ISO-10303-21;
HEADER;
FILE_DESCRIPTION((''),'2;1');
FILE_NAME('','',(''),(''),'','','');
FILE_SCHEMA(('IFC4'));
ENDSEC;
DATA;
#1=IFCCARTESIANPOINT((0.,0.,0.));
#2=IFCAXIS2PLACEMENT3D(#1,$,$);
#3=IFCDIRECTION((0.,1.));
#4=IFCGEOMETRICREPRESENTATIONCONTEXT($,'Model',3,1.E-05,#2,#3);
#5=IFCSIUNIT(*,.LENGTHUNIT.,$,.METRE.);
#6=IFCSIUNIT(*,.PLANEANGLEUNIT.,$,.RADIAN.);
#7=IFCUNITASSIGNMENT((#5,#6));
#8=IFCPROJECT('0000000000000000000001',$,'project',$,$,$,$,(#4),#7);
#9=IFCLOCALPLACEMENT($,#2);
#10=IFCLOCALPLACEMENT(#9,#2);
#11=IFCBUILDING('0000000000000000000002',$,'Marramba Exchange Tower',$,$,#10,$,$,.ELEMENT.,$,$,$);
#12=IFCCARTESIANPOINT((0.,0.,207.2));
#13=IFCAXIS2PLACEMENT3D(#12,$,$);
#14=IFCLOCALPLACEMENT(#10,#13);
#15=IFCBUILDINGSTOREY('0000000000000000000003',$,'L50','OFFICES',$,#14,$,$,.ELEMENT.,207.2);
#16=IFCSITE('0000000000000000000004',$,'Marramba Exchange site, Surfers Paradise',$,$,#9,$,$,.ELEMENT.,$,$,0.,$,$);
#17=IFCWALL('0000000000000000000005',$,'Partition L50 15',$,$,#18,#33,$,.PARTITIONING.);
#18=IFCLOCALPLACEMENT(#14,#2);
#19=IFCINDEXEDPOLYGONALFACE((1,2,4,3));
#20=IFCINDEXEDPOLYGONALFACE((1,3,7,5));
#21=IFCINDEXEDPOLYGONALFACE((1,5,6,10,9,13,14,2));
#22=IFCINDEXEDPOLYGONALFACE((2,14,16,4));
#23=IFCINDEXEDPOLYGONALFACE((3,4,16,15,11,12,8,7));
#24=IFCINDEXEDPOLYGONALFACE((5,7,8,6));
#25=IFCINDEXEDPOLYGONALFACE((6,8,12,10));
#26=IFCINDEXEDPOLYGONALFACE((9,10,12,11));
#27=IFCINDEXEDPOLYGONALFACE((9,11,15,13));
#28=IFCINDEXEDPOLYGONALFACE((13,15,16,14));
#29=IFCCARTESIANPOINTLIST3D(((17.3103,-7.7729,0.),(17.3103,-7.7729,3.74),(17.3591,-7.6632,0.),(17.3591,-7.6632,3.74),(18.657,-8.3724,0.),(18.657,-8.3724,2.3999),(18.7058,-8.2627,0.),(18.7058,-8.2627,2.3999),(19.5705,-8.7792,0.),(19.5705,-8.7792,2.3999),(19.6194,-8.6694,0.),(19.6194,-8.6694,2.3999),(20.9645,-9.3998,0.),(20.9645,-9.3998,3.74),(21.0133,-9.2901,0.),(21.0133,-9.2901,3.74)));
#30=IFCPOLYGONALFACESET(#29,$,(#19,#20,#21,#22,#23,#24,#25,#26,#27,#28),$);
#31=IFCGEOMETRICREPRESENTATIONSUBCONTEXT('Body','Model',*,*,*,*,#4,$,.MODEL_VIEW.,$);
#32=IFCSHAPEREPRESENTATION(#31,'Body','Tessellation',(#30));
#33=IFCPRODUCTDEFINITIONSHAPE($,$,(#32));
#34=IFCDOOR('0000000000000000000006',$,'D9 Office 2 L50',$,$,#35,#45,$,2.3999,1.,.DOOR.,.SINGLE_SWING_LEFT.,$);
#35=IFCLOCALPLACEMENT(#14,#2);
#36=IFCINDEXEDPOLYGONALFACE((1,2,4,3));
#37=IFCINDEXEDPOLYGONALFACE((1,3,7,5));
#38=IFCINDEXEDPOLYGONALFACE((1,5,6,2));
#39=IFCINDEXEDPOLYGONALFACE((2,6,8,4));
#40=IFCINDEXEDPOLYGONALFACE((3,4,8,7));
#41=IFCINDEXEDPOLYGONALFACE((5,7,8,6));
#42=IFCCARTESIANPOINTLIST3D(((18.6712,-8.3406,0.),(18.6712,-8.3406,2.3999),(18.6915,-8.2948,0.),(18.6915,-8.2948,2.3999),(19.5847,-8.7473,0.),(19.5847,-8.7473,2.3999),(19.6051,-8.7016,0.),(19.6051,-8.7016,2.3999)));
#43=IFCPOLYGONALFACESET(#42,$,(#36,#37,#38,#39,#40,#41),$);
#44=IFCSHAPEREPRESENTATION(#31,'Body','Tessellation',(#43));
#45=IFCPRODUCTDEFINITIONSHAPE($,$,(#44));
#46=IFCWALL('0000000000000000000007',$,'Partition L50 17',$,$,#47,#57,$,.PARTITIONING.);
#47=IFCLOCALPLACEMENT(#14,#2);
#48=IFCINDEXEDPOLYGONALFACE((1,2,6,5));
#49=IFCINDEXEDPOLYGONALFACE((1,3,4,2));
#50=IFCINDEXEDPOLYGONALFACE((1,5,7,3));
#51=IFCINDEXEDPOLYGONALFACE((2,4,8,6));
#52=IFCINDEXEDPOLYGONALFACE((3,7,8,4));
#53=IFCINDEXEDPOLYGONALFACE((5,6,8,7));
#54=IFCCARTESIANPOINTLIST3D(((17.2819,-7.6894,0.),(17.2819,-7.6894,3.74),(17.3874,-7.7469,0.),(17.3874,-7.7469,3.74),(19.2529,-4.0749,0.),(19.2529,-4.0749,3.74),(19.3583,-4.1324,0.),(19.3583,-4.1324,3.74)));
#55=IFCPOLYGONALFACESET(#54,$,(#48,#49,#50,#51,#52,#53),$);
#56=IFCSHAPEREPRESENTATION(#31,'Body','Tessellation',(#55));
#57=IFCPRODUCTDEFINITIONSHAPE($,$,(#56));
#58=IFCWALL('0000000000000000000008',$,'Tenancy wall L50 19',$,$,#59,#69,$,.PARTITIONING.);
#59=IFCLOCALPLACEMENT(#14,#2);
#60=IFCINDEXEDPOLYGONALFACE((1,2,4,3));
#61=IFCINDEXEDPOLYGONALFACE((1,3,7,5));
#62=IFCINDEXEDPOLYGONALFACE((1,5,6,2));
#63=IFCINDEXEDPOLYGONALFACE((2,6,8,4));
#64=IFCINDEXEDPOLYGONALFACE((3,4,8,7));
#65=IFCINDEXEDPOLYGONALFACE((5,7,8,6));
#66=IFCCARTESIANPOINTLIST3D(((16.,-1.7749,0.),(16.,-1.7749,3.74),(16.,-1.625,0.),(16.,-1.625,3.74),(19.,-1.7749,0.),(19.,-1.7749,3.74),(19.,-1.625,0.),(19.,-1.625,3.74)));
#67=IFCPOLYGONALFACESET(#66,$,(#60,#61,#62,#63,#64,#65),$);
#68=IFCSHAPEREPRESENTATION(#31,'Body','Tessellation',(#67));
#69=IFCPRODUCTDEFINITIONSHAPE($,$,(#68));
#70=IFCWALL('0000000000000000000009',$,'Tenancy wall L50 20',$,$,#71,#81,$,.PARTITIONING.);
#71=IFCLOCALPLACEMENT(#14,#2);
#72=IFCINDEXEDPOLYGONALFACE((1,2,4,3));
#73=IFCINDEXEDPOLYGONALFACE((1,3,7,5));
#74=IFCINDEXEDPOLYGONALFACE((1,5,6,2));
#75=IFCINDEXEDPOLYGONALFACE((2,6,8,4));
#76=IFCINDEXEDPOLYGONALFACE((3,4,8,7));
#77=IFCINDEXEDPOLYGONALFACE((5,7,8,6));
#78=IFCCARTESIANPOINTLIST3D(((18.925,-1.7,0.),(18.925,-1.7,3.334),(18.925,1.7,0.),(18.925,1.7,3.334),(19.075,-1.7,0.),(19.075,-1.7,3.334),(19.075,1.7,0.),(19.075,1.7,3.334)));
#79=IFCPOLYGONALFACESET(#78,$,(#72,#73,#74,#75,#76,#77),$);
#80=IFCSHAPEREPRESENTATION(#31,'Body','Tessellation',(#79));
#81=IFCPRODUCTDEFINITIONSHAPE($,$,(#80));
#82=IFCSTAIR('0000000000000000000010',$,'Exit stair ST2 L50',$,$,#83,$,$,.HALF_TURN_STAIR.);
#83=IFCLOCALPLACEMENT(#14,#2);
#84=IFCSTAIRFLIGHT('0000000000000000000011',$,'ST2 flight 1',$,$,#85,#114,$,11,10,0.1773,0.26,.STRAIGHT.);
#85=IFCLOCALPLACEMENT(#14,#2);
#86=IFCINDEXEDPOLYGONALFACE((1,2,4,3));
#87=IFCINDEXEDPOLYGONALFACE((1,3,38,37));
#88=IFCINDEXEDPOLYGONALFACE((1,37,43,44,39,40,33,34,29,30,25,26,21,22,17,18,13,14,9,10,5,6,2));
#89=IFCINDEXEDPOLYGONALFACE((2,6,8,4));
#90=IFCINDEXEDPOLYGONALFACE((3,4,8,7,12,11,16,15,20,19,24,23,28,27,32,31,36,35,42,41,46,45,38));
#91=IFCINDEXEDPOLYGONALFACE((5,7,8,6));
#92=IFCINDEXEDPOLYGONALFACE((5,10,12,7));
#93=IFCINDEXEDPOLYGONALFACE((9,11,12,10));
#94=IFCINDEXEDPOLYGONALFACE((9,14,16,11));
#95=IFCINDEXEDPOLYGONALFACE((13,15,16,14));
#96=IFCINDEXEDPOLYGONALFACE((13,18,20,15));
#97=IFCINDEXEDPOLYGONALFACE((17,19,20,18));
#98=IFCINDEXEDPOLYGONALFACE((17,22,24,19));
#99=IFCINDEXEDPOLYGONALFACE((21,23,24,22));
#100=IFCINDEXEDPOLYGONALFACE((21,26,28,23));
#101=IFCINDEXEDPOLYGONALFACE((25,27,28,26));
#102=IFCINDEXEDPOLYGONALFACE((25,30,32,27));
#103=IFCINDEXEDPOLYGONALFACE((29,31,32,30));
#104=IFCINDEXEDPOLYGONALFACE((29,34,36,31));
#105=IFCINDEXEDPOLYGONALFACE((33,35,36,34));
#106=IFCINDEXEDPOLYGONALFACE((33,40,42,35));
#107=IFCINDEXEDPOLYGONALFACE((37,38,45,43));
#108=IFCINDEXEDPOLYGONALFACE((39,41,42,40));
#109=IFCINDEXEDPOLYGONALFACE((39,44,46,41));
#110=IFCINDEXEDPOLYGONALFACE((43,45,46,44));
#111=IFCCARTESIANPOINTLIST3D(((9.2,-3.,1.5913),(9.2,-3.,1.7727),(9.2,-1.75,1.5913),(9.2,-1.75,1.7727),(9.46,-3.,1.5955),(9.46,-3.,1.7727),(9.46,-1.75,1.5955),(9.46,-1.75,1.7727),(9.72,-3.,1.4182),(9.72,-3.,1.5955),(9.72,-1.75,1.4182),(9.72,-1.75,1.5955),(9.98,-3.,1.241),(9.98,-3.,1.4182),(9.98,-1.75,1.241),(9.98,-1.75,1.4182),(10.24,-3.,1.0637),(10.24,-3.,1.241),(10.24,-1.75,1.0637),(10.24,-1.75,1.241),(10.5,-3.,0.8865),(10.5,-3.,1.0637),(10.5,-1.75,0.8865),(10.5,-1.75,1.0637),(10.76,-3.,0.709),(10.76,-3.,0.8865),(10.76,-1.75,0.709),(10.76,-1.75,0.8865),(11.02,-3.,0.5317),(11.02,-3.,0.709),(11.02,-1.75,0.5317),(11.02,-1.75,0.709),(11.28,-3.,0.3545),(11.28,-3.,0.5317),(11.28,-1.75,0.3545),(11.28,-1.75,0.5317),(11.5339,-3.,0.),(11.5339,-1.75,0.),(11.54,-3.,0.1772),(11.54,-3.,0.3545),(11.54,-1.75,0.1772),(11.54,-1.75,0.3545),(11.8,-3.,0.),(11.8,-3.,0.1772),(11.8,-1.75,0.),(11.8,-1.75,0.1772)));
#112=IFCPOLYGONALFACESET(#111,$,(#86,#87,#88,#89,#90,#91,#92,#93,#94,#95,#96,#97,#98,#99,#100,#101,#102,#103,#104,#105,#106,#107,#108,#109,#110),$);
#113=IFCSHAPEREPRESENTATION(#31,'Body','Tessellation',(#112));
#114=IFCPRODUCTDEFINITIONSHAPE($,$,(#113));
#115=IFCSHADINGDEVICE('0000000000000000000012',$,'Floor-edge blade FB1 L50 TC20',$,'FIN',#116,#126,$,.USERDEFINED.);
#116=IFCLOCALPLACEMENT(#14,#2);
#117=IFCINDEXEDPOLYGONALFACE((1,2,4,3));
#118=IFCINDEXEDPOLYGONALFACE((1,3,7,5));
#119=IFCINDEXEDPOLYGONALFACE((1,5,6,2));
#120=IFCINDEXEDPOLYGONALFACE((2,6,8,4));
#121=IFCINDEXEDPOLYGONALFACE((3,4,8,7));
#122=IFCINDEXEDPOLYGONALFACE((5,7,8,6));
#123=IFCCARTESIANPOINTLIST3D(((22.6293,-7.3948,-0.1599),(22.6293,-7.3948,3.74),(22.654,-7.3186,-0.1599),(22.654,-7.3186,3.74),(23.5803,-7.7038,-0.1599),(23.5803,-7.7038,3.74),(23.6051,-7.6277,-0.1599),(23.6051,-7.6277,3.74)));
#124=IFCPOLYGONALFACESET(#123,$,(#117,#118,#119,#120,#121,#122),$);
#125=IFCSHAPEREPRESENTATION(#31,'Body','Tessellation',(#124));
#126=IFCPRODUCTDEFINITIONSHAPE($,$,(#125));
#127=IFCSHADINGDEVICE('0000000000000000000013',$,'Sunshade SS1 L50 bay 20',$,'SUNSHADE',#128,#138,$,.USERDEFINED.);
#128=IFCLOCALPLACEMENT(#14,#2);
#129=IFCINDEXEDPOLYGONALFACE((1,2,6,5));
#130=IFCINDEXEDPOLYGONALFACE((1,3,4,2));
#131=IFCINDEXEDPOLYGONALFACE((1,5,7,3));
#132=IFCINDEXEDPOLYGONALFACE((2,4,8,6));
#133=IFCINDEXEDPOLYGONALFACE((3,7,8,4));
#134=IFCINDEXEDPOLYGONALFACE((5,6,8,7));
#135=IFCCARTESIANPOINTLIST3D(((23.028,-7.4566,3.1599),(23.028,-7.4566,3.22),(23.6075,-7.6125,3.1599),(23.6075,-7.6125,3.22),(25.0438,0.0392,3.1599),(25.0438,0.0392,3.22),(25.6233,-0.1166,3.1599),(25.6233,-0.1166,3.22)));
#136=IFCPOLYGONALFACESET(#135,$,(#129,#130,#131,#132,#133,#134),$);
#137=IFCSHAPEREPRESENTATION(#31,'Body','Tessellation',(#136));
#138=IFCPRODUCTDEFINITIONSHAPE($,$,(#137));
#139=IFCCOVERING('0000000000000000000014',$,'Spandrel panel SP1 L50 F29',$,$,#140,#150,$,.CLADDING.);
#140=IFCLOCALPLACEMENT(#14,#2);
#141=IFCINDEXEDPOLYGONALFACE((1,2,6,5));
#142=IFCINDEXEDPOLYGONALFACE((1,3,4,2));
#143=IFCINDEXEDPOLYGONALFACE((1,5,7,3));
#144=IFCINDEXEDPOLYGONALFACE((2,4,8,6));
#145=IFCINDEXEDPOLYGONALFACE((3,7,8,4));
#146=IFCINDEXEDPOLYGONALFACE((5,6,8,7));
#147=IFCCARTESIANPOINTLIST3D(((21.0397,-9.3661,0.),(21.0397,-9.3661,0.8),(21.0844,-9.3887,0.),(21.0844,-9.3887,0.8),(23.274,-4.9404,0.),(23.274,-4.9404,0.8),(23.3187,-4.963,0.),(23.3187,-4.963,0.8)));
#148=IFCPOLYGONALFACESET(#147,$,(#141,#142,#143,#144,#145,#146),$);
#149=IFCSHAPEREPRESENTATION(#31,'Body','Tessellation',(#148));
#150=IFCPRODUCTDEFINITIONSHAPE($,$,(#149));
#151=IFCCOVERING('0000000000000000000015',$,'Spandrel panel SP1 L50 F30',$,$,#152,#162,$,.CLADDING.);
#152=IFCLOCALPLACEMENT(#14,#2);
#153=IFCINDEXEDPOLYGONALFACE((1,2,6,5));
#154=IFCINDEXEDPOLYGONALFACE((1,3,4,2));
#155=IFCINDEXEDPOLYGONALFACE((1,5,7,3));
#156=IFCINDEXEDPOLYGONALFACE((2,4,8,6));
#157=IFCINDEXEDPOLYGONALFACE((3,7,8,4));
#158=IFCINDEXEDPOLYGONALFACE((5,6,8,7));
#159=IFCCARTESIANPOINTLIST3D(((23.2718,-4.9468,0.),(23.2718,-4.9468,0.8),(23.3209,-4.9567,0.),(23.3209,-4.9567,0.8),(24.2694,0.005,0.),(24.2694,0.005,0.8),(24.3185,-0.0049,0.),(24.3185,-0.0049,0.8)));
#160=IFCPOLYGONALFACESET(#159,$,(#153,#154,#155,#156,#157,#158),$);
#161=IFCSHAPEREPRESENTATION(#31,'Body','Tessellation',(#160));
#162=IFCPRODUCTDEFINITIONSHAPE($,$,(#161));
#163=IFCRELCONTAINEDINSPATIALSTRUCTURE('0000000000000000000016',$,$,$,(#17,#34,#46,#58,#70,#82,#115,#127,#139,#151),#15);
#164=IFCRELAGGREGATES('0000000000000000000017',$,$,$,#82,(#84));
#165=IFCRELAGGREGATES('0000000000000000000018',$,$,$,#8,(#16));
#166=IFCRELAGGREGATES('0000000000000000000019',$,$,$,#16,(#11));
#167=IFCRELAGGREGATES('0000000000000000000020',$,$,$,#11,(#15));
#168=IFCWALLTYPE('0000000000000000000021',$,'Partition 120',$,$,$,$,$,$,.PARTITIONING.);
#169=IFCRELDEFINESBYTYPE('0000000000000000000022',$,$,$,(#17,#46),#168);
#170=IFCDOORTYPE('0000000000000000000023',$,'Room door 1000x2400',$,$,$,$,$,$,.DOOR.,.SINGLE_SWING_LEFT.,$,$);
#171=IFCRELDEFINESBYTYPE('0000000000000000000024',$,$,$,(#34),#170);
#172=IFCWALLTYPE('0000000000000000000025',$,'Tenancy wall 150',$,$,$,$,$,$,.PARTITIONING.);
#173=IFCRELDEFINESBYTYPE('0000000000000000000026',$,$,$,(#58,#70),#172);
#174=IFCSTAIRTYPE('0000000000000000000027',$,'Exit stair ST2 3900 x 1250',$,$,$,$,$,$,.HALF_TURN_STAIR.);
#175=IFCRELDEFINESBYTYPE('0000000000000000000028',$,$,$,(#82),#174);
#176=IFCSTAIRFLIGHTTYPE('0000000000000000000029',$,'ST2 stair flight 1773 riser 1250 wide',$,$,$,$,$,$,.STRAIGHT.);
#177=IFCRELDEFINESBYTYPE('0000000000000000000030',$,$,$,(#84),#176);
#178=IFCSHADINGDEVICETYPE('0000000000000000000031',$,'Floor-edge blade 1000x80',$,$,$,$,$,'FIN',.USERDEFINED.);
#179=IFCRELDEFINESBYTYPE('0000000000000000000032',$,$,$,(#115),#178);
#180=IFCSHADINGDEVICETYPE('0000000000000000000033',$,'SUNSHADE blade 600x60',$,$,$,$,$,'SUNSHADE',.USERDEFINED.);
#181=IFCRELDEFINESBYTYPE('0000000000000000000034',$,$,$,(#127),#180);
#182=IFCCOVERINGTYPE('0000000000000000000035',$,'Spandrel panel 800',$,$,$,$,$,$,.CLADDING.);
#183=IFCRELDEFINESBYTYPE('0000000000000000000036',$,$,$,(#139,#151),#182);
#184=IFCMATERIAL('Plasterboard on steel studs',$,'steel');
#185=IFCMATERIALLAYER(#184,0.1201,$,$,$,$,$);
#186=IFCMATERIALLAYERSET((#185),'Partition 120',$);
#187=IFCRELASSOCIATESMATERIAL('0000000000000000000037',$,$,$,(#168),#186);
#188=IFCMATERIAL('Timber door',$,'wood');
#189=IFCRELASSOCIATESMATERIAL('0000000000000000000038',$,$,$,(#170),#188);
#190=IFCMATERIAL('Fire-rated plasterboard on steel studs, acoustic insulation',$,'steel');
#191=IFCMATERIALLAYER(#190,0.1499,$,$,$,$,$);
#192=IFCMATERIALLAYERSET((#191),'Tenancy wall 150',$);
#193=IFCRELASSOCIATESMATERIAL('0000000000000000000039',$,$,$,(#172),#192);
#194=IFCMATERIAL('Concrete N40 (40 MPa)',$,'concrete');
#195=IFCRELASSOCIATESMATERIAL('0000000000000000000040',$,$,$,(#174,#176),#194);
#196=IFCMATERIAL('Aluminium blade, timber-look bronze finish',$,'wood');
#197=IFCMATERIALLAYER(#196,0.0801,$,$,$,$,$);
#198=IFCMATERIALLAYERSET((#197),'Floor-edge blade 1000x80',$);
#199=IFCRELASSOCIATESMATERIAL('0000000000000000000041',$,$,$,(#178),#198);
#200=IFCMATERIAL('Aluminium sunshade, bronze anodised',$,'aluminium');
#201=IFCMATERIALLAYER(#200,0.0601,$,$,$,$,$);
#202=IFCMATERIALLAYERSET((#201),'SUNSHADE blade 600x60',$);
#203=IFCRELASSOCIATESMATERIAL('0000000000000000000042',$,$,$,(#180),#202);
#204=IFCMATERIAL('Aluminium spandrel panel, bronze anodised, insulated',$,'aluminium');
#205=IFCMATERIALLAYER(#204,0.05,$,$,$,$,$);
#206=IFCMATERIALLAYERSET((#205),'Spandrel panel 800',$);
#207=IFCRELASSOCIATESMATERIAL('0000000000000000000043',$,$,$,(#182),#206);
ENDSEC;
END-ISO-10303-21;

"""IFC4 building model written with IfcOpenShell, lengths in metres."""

from ifc_helpers import new_model, si_unit, direction, frame, frame_2d, origin, origin_2d, place, context, subcontext, project, spatial, polyline, rectangle, outline, extrude, material, layer, layer_set, type_object, element, fill, aggregate, save


model = new_model("IFC4")

# Units and contexts
model_context = context("Model", 3, precision=1e-05, world=origin(), true_north=direction((0.0, 1.0)))
body_context = subcontext(model_context, "Body", "Model", "MODEL_VIEW")
ifc_project = project(units=[si_unit("LENGTHUNIT", "METRE"), si_unit("PLANEANGLEUNIT", "RADIAN")], contexts=[model_context])

# Site, building, storey
site_placement = place(None, origin())
site = spatial("IfcSite", under=ifc_project, at=site_placement, Name="Marramba Exchange site, Surfers Paradise", CompositionType="ELEMENT", RefElevation=0.0)
building_placement = place(site_placement, origin())
building = spatial("IfcBuilding", under=site, at=building_placement, Name="Marramba Exchange Tower", CompositionType="ELEMENT")
storey_placement = place(building_placement, frame((0.0, 0.0, 207.2)))
storey = spatial("IfcBuildingStorey", under=building, at=storey_placement, Name="L50", Description="OFFICES", CompositionType="ELEMENT", Elevation=207.2)

# Wall, opening, door
ifc_material_1 = material(Name="Plasterboard on steel studs", Category="steel")
ifc_layer_1 = layer(ifc_material_1, 0.1201)
ifc_layer_set_1 = layer_set([ifc_layer_1], Name="Partition 120")
wall_type_1 = type_object("IfcWallType", Name="Partition 120", PredefinedType="PARTITIONING", material=ifc_layer_set_1)
wall_1_placement = place(storey_placement, frame((17.3347, -7.718, 0.0), z_axis=(0.0, 0.0, 1.0), x_axis=(0.91355, -0.406727, 0.0)))
wall_1 = element("IfcWall", 1, at=wall_1_placement, inside=storey, type_object=wall_type_1, Name="Partition L50 15", PredefinedType="PARTITIONING", context=body_context, shape_type="SweptSolid", body=[
    extrude(rectangle(XDim=4.0, YDim=0.1201, at=frame_2d((2.0, 0.0))), origin(), (0.0, 0.0, 1.0), 3.74),
])
opening_placement = place(wall_1_placement, frame((1.4741, 0.0, 0.0)))
opening = element("IfcOpeningElement", 2, at=opening_placement, cuts=wall_1, PredefinedType="OPENING", context=body_context, shape_type="SweptSolid", body=[
    extrude(rectangle(XDim=1.0, YDim=2.3999, at=frame_2d((0.5, 1.2))), frame((0.0, 0.0701, 0.0), z_axis=(0.0, -1.0, 0.0), x_axis=(1.0, 0.0, 0.0)), (0.0, 0.0, 1.0), 0.1401),
])
ifc_material_2 = material(Name="Timber door", Category="wood")
door_type = type_object("IfcDoorType", Name="Room door 1000x2400", OperationType="SINGLE_SWING_LEFT", PredefinedType="DOOR", material=ifc_material_2)
door_placement = place(opening_placement, origin())
door = element("IfcDoor", 3, at=door_placement, inside=storey, type_object=door_type, Name="D9 Office 2 L50", OperationType="SINGLE_SWING_LEFT", OverallHeight=2.3999, OverallWidth=1.0, PredefinedType="DOOR", context=body_context, shape_type="SweptSolid", body=[
    extrude(rectangle(XDim=1.0, YDim=2.3999, at=frame_2d((0.5, 1.2))), frame((0.0, 0.0249, 0.0), z_axis=(0.0, -1.0, 0.0), x_axis=(1.0, 0.0, 0.0)), (0.0, 0.0, 1.0), 0.05),
])
fill(opening, door)

# Walls
wall_2_placement = place(storey_placement, frame((19.3057, -4.1035, 0.0), z_axis=(0.0, 0.0, 1.0), x_axis=(-0.47874, -0.877957, 0.0)))
element("IfcWall", 4, at=wall_2_placement, inside=storey, type_object=wall_type_1, Name="Partition L50 17", PredefinedType="PARTITIONING", context=body_context, shape_type="SweptSolid", body=[
    extrude(rectangle(XDim=4.1169, YDim=0.1201, at=frame_2d((2.0586, 0.0))), origin(), (0.0, 0.0, 1.0), 3.74),
])
ifc_material_3 = material(Name="Fire-rated plasterboard on steel studs, acoustic insulation", Category="steel")
ifc_layer_2 = layer(ifc_material_3, 0.1499)
ifc_layer_set_2 = layer_set([ifc_layer_2], Name="Tenancy wall 150")
wall_type_2 = type_object("IfcWallType", Name="Tenancy wall 150", PredefinedType="PARTITIONING", material=ifc_layer_set_2)
wall_3_placement = place(storey_placement, frame((16.0, -1.7, 0.0), z_axis=(0.0, 0.0, 1.0), x_axis=(1.0, 0.0, 0.0)))
element("IfcWall", 5, at=wall_3_placement, inside=storey, type_object=wall_type_2, Name="Tenancy wall L50 19", PredefinedType="PARTITIONING", context=body_context, shape_type="SweptSolid", body=[
    extrude(rectangle(XDim=3.0, YDim=0.1499, at=frame_2d((1.5, 0.0))), origin(), (0.0, 0.0, 1.0), 3.74),
])
wall_4_placement = place(storey_placement, frame((19.0, -1.7, 0.0), z_axis=(0.0, 0.0, 1.0), x_axis=(0.0, 1.0, 0.0)))
element("IfcWall", 6, at=wall_4_placement, inside=storey, type_object=wall_type_2, Name="Tenancy wall L50 20", PredefinedType="PARTITIONING", context=body_context, shape_type="SweptSolid", body=[
    extrude(rectangle(XDim=3.3999, YDim=0.1499, at=frame_2d((1.7, 0.0))), origin(), (0.0, 0.0, 1.0), 3.334),
])

# Stair, stair flight
ifc_material_4 = material(Name="Concrete N40 (40 MPa)", Category="concrete")
stair_type = type_object("IfcStairType", Name="Exit stair ST2 3900 x 1250", PredefinedType="HALF_TURN_STAIR", material=ifc_material_4)
stair_placement = place(storey_placement, origin())
stair = element("IfcStair", 7, at=stair_placement, inside=storey, type_object=stair_type, Name="Exit stair ST2 L50", PredefinedType="HALF_TURN_STAIR")
stair_flight_type = type_object("IfcStairFlightType", Name="ST2 stair flight 1773 riser 1250 wide", PredefinedType="STRAIGHT", material=ifc_material_4)
stair_flight_placement = place(storey_placement, frame((11.8, -2.375, 0.0), z_axis=(0.0, 0.0, 1.0), x_axis=(-1.0, 0.0, 0.0)))
stair_flight = element("IfcStairFlight", 8, at=stair_flight_placement, type_object=stair_flight_type, Name="ST2 flight 1", NumberOfRisers=11, NumberOfTreads=10, PredefinedType="STRAIGHT", RiserHeight=0.1773, TreadLength=0.26, context=body_context, shape_type="SweptSolid", body=[
    extrude(outline(polyline([(0.0, 0.0), (0.0, 0.1772), (0.26, 0.1772), (0.26, 0.3545), (0.52, 0.3545), (0.52, 0.5317), (0.78, 0.5317), (0.78, 0.709), (1.04, 0.709), (1.04, 0.8865), (1.3, 0.8865), (1.3, 1.0637), (1.5601, 1.0637), (1.5601, 1.241), (1.8201, 1.241), (1.8201, 1.4182), (2.0801, 1.4182), (2.0801, 1.5955), (2.3401, 1.5955), (2.3401, 1.7727), (2.6001, 1.7727), (2.6001, 1.95), (2.6001, 1.5913), (0.2661, 0.0), (0.0, 0.0)])), frame((0.0, 0.625, 0.0), z_axis=(0.0, -1.0, 0.0), x_axis=(1.0, 0.0, 0.0)), (0.0, 0.0, 1.0), 1.25),
])
aggregate(stair, [stair_flight])

# Shading devices
ifc_material_5 = material(Name="Aluminium blade, timber-look bronze finish", Category="wood")
ifc_layer_3 = layer(ifc_material_5, 0.0801)
ifc_layer_set_3 = layer_set([ifc_layer_3], Name="Floor-edge blade 1000x80")
shading_device_type_1 = type_object("IfcShadingDeviceType", Name="Floor-edge blade 1000x80", ElementType="FIN", PredefinedType="USERDEFINED", material=ifc_layer_set_3)
shading_device_1_placement = place(storey_placement, frame((23.1172, -7.5112, -0.1599), z_axis=(0.0, 0.0, 1.0), x_axis=(0.951057, -0.309017, 0.0)))
element("IfcShadingDevice", 9, at=shading_device_1_placement, inside=storey, type_object=shading_device_type_1, Name="Floor-edge blade FB1 L50 TC20", ObjectType="FIN", PredefinedType="USERDEFINED", context=body_context, shape_type="SweptSolid", body=[
    extrude(rectangle(XDim=1.0, YDim=0.0801, at=origin_2d()), origin(), (0.0, 0.0, 1.0), 3.8999),
])
ifc_material_6 = material(Name="Aluminium sunshade, bronze anodised", Category="aluminium")
ifc_layer_4 = layer(ifc_material_6, 0.0601)
ifc_layer_set_4 = layer_set([ifc_layer_4], Name="SUNSHADE blade 600x60")
shading_device_type_2 = type_object("IfcShadingDeviceType", Name="SUNSHADE blade 600x60", ElementType="SUNSHADE", PredefinedType="USERDEFINED", material=ifc_layer_set_4)
shading_device_2_placement = place(storey_placement, frame((24.3257, -3.7866, 3.1599), z_axis=(0.0, 0.0, 1.0), x_axis=(0.259692, 0.965691, 0.0)))
element("IfcShadingDevice", 10, at=shading_device_2_placement, inside=storey, type_object=shading_device_type_2, Name="Sunshade SS1 L50 bay 20", ObjectType="SUNSHADE", PredefinedType="USERDEFINED", context=body_context, shape_type="SweptSolid", body=[
    extrude(rectangle(XDim=7.7622, YDim=0.6001, at=origin_2d()), origin(), (0.0, 0.0, 1.0), 0.0601),
])

# Coverings
ifc_material_7 = material(Name="Aluminium spandrel panel, bronze anodised, insulated", Category="aluminium")
ifc_layer_5 = layer(ifc_material_7, 0.05)
ifc_layer_set_5 = layer_set([ifc_layer_5], Name="Spandrel panel 800")
covering_type = type_object("IfcCoveringType", Name="Spandrel panel 800", PredefinedType="CLADDING", material=ifc_layer_set_5)
covering_1_placement = place(storey_placement, frame((22.1792, -7.1646, 0.0), z_axis=(0.0, 0.0, 1.0), x_axis=(0.450673, 0.892689, 0.0)))
element("IfcCovering", 11, at=covering_1_placement, inside=storey, type_object=covering_type, Name="Spandrel panel SP1 L50 F29", PredefinedType="CLADDING", context=body_context, shape_type="SweptSolid", body=[
    extrude(rectangle(XDim=4.9578, YDim=0.05, at=origin_2d()), origin(), (0.0, 0.0, 1.0), 0.8),
])
covering_2_placement = place(storey_placement, frame((23.7952, -2.4758, 0.0), z_axis=(0.0, 0.0, 1.0), x_axis=(0.197495, 0.980304, 0.0)))
element("IfcCovering", 12, at=covering_2_placement, inside=storey, type_object=covering_type, Name="Spandrel panel SP1 L50 F30", PredefinedType="CLADDING", context=body_context, shape_type="SweptSolid", body=[
    extrude(rectangle(XDim=5.0513, YDim=0.05, at=origin_2d()), origin(), (0.0, 0.0, 1.0), 0.8),
])

save(model, "model.ifc")
